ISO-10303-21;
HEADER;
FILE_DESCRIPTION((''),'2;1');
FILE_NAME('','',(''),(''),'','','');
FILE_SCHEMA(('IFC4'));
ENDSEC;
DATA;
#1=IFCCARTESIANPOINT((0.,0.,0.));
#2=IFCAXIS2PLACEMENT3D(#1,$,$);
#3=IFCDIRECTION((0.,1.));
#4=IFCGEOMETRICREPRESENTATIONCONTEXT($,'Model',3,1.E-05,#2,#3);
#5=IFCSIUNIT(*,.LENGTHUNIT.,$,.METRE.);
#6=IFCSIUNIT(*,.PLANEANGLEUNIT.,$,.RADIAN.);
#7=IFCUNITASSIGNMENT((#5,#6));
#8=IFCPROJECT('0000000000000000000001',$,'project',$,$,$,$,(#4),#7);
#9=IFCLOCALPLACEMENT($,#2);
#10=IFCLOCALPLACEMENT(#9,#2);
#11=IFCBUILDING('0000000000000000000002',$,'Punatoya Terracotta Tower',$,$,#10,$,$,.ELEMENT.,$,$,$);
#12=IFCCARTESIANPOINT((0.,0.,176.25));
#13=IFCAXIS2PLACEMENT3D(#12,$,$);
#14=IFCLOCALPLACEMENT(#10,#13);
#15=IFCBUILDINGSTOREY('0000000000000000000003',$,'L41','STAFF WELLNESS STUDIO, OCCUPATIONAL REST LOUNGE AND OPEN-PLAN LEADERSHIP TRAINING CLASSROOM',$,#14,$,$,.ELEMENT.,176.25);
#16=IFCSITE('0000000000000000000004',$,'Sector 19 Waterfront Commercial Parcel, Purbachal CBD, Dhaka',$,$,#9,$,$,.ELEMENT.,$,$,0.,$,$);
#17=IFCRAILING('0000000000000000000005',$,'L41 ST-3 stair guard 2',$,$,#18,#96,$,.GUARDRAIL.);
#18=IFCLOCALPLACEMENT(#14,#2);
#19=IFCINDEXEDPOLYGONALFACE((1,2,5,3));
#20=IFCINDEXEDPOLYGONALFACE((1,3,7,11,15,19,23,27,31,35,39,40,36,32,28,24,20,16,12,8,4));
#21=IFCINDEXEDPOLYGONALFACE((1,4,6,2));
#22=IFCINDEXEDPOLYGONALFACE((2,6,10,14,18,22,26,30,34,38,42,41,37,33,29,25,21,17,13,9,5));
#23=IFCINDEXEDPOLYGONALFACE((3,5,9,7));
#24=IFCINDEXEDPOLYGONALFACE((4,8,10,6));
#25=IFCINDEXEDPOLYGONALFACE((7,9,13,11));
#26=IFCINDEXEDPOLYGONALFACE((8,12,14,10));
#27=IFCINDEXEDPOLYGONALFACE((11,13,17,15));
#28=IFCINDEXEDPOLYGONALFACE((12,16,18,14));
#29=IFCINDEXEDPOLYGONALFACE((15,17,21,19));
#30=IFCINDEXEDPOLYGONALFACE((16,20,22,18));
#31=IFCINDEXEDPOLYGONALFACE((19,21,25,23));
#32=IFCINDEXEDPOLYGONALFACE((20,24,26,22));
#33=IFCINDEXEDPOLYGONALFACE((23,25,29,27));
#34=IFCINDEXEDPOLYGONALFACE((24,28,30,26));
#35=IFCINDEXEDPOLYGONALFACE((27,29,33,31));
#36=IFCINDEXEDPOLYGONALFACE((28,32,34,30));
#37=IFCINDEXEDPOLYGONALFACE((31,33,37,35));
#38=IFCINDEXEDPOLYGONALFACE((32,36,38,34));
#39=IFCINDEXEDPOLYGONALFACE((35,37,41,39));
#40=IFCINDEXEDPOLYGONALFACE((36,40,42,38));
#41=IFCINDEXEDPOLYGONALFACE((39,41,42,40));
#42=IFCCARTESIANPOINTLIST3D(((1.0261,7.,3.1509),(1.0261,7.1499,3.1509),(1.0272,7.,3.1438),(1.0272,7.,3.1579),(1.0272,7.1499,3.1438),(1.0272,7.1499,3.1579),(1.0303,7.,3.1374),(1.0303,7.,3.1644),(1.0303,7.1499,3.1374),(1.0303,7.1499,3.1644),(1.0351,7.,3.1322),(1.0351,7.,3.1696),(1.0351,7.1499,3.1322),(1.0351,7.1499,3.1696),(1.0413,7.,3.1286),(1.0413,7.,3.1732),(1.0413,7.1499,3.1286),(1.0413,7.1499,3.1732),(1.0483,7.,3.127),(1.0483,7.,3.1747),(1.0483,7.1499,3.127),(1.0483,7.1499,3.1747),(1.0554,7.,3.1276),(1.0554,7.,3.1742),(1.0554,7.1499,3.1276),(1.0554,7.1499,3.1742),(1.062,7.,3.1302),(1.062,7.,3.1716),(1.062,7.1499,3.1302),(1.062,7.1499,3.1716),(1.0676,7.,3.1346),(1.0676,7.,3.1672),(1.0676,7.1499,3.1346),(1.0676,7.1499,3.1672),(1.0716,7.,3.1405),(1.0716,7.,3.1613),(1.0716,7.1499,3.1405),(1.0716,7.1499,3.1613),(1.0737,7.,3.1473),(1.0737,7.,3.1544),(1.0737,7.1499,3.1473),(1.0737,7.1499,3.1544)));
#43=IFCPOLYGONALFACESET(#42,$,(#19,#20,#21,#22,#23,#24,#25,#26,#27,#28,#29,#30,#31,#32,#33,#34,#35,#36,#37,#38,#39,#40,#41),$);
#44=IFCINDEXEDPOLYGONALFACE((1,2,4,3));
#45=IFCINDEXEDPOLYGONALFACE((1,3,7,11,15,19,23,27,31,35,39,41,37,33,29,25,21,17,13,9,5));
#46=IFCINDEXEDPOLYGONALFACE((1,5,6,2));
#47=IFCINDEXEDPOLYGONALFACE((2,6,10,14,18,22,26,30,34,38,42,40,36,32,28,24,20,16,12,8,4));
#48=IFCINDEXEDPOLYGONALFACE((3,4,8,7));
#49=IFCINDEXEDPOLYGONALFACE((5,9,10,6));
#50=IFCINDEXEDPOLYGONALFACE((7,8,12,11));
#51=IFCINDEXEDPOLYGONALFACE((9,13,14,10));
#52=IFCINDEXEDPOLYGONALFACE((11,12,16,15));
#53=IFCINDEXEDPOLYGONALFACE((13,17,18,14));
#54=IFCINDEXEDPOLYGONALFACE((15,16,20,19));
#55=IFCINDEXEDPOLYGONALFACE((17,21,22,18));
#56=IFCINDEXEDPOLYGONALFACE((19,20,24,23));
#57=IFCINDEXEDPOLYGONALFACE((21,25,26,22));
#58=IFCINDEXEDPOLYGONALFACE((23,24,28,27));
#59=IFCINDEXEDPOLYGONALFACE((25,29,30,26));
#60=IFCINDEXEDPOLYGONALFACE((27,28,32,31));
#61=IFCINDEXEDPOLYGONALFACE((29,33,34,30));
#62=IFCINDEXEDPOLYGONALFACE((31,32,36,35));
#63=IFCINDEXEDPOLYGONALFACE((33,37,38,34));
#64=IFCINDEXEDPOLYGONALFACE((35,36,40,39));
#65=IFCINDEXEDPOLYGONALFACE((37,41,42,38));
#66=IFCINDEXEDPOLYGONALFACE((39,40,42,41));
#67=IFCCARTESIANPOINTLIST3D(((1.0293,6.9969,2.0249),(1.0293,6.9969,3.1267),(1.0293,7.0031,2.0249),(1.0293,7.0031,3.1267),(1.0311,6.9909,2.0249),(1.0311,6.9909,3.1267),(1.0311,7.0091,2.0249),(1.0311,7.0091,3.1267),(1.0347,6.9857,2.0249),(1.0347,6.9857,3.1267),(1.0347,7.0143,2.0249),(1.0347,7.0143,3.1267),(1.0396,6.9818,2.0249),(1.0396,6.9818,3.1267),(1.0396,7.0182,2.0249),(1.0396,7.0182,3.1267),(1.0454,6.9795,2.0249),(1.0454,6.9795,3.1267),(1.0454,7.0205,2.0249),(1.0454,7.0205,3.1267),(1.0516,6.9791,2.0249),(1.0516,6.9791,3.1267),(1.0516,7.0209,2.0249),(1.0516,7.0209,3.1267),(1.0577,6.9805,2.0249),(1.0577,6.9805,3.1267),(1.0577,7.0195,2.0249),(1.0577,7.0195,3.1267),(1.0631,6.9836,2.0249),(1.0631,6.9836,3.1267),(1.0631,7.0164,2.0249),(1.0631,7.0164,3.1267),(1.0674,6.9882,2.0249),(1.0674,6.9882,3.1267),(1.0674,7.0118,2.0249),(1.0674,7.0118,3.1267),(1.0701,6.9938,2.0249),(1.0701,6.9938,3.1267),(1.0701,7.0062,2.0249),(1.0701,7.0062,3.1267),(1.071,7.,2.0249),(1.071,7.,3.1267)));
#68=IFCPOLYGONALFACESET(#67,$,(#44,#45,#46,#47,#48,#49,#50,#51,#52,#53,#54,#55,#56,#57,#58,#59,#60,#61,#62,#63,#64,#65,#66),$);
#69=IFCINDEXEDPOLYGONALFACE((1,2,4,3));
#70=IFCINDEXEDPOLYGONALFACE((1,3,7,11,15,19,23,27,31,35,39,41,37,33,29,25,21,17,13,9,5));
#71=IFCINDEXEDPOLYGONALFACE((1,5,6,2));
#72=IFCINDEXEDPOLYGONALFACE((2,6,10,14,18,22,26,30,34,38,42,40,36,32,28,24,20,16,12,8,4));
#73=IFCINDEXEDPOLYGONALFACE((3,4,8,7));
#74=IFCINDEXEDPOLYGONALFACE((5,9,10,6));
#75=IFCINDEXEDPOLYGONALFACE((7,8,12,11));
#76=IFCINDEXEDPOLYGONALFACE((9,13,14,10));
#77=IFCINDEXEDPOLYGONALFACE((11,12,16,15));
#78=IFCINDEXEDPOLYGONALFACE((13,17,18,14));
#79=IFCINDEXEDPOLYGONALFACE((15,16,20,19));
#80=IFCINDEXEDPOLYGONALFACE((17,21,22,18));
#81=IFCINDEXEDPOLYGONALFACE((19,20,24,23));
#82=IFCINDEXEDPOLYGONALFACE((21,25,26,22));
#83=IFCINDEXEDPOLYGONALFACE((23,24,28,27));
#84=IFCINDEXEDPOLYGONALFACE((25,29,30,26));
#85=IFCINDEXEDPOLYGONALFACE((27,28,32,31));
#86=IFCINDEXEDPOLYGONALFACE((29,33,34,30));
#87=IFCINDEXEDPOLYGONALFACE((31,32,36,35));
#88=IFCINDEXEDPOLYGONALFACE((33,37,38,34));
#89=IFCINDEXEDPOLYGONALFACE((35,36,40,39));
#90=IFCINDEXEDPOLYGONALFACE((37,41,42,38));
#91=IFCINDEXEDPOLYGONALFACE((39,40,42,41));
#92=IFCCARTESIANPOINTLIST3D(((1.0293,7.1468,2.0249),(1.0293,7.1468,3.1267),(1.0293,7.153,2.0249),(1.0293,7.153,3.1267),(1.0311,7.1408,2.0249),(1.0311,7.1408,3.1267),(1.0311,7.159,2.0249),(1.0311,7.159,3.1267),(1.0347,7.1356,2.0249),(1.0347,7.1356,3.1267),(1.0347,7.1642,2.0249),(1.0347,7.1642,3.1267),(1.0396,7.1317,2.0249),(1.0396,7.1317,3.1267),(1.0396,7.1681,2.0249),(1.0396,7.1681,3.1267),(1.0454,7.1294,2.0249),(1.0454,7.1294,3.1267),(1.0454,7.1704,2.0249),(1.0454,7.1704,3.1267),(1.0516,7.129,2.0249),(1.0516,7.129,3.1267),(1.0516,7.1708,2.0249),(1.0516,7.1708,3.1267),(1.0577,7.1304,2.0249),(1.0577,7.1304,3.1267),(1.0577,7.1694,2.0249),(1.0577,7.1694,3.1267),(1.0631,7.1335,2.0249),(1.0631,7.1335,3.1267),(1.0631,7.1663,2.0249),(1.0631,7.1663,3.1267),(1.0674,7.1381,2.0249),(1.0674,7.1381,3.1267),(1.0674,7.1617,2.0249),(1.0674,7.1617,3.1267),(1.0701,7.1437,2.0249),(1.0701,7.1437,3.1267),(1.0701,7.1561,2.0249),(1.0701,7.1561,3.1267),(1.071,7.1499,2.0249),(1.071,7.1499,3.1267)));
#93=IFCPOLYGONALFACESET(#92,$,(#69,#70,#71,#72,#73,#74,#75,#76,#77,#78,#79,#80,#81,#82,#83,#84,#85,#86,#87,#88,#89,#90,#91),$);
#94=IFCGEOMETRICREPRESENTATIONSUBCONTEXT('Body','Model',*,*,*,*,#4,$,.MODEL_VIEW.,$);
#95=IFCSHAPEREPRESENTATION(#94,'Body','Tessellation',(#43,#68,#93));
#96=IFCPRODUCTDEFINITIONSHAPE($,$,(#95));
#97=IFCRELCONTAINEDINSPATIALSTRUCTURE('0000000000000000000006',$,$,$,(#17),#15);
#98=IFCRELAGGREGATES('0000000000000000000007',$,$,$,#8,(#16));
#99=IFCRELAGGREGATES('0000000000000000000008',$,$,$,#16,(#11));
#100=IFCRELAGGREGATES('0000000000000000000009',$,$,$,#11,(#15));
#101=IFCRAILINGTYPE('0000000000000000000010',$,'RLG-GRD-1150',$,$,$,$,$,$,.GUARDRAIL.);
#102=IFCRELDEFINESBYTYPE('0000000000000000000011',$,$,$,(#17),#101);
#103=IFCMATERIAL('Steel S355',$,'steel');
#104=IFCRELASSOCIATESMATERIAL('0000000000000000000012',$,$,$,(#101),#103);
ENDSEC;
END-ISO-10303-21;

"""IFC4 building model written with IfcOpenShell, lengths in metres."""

from ifc_helpers import new_model, si_unit, direction, frame, origin, origin_2d, place, context, subcontext, project, spatial, circle, extrude, material, type_object, element, save


model = new_model("IFC4")

# Units and contexts
model_context = context("Model", 3, precision=1e-05, world=origin(), true_north=direction((0.0, 1.0)))
body_context = subcontext(model_context, "Body", "Model", "MODEL_VIEW")
ifc_project = project(units=[si_unit("LENGTHUNIT", "METRE"), si_unit("PLANEANGLEUNIT", "RADIAN")], contexts=[model_context])

# Site, building, storey
site_placement = place(None, origin())
site = spatial("IfcSite", under=ifc_project, at=site_placement, Name="Sector 19 Waterfront Commercial Parcel, Purbachal CBD, Dhaka", CompositionType="ELEMENT", RefElevation=0.0)
building_placement = place(site_placement, origin())
building = spatial("IfcBuilding", under=site, at=building_placement, Name="Punatoya Terracotta Tower", CompositionType="ELEMENT")
storey_placement = place(building_placement, frame((0.0, 0.0, 176.25)))
storey = spatial("IfcBuildingStorey", under=building, at=storey_placement, Name="L41", Description="STAFF WELLNESS STUDIO, OCCUPATIONAL REST LOUNGE AND OPEN-PLAN LEADERSHIP TRAINING CLASSROOM", CompositionType="ELEMENT", Elevation=176.25)

# Shared definitions
ifc_material_1 = material(Name="Steel S355", Category="steel")

# Railing
railing_type_1 = type_object("IfcRailingType", Name="RLG-GRD-1150", PredefinedType="GUARDRAIL", material=ifc_material_1)
railing_1_placement = place(storey_placement, frame((1.05, 7.0, 2.0249)))
element("IfcRailing", 1, at=railing_1_placement, inside=storey, type_object=railing_type_1, Name="L41 ST-3 stair guard 2", PredefinedType="GUARDRAIL", context=body_context, shape_type="SweptSolid", body=[
    extrude(circle(Radius=0.0239, at=origin_2d()), frame((0.0, 0.0, 1.126), z_axis=(0.0, 1.0, 0.0), x_axis=(-1.0, 0.0, 0.0)), (0.0, 0.0, 1.0), 0.1499),
    extrude(circle(Radius=0.021, at=origin_2d()), origin(), (0.0, 0.0, 1.0), 1.1018),
    extrude(circle(Radius=0.021, at=origin_2d()), frame((0.0, 0.1499, 0.0)), (0.0, 0.0, 1.0), 1.1018),
])

save(model, "model.ifc")
